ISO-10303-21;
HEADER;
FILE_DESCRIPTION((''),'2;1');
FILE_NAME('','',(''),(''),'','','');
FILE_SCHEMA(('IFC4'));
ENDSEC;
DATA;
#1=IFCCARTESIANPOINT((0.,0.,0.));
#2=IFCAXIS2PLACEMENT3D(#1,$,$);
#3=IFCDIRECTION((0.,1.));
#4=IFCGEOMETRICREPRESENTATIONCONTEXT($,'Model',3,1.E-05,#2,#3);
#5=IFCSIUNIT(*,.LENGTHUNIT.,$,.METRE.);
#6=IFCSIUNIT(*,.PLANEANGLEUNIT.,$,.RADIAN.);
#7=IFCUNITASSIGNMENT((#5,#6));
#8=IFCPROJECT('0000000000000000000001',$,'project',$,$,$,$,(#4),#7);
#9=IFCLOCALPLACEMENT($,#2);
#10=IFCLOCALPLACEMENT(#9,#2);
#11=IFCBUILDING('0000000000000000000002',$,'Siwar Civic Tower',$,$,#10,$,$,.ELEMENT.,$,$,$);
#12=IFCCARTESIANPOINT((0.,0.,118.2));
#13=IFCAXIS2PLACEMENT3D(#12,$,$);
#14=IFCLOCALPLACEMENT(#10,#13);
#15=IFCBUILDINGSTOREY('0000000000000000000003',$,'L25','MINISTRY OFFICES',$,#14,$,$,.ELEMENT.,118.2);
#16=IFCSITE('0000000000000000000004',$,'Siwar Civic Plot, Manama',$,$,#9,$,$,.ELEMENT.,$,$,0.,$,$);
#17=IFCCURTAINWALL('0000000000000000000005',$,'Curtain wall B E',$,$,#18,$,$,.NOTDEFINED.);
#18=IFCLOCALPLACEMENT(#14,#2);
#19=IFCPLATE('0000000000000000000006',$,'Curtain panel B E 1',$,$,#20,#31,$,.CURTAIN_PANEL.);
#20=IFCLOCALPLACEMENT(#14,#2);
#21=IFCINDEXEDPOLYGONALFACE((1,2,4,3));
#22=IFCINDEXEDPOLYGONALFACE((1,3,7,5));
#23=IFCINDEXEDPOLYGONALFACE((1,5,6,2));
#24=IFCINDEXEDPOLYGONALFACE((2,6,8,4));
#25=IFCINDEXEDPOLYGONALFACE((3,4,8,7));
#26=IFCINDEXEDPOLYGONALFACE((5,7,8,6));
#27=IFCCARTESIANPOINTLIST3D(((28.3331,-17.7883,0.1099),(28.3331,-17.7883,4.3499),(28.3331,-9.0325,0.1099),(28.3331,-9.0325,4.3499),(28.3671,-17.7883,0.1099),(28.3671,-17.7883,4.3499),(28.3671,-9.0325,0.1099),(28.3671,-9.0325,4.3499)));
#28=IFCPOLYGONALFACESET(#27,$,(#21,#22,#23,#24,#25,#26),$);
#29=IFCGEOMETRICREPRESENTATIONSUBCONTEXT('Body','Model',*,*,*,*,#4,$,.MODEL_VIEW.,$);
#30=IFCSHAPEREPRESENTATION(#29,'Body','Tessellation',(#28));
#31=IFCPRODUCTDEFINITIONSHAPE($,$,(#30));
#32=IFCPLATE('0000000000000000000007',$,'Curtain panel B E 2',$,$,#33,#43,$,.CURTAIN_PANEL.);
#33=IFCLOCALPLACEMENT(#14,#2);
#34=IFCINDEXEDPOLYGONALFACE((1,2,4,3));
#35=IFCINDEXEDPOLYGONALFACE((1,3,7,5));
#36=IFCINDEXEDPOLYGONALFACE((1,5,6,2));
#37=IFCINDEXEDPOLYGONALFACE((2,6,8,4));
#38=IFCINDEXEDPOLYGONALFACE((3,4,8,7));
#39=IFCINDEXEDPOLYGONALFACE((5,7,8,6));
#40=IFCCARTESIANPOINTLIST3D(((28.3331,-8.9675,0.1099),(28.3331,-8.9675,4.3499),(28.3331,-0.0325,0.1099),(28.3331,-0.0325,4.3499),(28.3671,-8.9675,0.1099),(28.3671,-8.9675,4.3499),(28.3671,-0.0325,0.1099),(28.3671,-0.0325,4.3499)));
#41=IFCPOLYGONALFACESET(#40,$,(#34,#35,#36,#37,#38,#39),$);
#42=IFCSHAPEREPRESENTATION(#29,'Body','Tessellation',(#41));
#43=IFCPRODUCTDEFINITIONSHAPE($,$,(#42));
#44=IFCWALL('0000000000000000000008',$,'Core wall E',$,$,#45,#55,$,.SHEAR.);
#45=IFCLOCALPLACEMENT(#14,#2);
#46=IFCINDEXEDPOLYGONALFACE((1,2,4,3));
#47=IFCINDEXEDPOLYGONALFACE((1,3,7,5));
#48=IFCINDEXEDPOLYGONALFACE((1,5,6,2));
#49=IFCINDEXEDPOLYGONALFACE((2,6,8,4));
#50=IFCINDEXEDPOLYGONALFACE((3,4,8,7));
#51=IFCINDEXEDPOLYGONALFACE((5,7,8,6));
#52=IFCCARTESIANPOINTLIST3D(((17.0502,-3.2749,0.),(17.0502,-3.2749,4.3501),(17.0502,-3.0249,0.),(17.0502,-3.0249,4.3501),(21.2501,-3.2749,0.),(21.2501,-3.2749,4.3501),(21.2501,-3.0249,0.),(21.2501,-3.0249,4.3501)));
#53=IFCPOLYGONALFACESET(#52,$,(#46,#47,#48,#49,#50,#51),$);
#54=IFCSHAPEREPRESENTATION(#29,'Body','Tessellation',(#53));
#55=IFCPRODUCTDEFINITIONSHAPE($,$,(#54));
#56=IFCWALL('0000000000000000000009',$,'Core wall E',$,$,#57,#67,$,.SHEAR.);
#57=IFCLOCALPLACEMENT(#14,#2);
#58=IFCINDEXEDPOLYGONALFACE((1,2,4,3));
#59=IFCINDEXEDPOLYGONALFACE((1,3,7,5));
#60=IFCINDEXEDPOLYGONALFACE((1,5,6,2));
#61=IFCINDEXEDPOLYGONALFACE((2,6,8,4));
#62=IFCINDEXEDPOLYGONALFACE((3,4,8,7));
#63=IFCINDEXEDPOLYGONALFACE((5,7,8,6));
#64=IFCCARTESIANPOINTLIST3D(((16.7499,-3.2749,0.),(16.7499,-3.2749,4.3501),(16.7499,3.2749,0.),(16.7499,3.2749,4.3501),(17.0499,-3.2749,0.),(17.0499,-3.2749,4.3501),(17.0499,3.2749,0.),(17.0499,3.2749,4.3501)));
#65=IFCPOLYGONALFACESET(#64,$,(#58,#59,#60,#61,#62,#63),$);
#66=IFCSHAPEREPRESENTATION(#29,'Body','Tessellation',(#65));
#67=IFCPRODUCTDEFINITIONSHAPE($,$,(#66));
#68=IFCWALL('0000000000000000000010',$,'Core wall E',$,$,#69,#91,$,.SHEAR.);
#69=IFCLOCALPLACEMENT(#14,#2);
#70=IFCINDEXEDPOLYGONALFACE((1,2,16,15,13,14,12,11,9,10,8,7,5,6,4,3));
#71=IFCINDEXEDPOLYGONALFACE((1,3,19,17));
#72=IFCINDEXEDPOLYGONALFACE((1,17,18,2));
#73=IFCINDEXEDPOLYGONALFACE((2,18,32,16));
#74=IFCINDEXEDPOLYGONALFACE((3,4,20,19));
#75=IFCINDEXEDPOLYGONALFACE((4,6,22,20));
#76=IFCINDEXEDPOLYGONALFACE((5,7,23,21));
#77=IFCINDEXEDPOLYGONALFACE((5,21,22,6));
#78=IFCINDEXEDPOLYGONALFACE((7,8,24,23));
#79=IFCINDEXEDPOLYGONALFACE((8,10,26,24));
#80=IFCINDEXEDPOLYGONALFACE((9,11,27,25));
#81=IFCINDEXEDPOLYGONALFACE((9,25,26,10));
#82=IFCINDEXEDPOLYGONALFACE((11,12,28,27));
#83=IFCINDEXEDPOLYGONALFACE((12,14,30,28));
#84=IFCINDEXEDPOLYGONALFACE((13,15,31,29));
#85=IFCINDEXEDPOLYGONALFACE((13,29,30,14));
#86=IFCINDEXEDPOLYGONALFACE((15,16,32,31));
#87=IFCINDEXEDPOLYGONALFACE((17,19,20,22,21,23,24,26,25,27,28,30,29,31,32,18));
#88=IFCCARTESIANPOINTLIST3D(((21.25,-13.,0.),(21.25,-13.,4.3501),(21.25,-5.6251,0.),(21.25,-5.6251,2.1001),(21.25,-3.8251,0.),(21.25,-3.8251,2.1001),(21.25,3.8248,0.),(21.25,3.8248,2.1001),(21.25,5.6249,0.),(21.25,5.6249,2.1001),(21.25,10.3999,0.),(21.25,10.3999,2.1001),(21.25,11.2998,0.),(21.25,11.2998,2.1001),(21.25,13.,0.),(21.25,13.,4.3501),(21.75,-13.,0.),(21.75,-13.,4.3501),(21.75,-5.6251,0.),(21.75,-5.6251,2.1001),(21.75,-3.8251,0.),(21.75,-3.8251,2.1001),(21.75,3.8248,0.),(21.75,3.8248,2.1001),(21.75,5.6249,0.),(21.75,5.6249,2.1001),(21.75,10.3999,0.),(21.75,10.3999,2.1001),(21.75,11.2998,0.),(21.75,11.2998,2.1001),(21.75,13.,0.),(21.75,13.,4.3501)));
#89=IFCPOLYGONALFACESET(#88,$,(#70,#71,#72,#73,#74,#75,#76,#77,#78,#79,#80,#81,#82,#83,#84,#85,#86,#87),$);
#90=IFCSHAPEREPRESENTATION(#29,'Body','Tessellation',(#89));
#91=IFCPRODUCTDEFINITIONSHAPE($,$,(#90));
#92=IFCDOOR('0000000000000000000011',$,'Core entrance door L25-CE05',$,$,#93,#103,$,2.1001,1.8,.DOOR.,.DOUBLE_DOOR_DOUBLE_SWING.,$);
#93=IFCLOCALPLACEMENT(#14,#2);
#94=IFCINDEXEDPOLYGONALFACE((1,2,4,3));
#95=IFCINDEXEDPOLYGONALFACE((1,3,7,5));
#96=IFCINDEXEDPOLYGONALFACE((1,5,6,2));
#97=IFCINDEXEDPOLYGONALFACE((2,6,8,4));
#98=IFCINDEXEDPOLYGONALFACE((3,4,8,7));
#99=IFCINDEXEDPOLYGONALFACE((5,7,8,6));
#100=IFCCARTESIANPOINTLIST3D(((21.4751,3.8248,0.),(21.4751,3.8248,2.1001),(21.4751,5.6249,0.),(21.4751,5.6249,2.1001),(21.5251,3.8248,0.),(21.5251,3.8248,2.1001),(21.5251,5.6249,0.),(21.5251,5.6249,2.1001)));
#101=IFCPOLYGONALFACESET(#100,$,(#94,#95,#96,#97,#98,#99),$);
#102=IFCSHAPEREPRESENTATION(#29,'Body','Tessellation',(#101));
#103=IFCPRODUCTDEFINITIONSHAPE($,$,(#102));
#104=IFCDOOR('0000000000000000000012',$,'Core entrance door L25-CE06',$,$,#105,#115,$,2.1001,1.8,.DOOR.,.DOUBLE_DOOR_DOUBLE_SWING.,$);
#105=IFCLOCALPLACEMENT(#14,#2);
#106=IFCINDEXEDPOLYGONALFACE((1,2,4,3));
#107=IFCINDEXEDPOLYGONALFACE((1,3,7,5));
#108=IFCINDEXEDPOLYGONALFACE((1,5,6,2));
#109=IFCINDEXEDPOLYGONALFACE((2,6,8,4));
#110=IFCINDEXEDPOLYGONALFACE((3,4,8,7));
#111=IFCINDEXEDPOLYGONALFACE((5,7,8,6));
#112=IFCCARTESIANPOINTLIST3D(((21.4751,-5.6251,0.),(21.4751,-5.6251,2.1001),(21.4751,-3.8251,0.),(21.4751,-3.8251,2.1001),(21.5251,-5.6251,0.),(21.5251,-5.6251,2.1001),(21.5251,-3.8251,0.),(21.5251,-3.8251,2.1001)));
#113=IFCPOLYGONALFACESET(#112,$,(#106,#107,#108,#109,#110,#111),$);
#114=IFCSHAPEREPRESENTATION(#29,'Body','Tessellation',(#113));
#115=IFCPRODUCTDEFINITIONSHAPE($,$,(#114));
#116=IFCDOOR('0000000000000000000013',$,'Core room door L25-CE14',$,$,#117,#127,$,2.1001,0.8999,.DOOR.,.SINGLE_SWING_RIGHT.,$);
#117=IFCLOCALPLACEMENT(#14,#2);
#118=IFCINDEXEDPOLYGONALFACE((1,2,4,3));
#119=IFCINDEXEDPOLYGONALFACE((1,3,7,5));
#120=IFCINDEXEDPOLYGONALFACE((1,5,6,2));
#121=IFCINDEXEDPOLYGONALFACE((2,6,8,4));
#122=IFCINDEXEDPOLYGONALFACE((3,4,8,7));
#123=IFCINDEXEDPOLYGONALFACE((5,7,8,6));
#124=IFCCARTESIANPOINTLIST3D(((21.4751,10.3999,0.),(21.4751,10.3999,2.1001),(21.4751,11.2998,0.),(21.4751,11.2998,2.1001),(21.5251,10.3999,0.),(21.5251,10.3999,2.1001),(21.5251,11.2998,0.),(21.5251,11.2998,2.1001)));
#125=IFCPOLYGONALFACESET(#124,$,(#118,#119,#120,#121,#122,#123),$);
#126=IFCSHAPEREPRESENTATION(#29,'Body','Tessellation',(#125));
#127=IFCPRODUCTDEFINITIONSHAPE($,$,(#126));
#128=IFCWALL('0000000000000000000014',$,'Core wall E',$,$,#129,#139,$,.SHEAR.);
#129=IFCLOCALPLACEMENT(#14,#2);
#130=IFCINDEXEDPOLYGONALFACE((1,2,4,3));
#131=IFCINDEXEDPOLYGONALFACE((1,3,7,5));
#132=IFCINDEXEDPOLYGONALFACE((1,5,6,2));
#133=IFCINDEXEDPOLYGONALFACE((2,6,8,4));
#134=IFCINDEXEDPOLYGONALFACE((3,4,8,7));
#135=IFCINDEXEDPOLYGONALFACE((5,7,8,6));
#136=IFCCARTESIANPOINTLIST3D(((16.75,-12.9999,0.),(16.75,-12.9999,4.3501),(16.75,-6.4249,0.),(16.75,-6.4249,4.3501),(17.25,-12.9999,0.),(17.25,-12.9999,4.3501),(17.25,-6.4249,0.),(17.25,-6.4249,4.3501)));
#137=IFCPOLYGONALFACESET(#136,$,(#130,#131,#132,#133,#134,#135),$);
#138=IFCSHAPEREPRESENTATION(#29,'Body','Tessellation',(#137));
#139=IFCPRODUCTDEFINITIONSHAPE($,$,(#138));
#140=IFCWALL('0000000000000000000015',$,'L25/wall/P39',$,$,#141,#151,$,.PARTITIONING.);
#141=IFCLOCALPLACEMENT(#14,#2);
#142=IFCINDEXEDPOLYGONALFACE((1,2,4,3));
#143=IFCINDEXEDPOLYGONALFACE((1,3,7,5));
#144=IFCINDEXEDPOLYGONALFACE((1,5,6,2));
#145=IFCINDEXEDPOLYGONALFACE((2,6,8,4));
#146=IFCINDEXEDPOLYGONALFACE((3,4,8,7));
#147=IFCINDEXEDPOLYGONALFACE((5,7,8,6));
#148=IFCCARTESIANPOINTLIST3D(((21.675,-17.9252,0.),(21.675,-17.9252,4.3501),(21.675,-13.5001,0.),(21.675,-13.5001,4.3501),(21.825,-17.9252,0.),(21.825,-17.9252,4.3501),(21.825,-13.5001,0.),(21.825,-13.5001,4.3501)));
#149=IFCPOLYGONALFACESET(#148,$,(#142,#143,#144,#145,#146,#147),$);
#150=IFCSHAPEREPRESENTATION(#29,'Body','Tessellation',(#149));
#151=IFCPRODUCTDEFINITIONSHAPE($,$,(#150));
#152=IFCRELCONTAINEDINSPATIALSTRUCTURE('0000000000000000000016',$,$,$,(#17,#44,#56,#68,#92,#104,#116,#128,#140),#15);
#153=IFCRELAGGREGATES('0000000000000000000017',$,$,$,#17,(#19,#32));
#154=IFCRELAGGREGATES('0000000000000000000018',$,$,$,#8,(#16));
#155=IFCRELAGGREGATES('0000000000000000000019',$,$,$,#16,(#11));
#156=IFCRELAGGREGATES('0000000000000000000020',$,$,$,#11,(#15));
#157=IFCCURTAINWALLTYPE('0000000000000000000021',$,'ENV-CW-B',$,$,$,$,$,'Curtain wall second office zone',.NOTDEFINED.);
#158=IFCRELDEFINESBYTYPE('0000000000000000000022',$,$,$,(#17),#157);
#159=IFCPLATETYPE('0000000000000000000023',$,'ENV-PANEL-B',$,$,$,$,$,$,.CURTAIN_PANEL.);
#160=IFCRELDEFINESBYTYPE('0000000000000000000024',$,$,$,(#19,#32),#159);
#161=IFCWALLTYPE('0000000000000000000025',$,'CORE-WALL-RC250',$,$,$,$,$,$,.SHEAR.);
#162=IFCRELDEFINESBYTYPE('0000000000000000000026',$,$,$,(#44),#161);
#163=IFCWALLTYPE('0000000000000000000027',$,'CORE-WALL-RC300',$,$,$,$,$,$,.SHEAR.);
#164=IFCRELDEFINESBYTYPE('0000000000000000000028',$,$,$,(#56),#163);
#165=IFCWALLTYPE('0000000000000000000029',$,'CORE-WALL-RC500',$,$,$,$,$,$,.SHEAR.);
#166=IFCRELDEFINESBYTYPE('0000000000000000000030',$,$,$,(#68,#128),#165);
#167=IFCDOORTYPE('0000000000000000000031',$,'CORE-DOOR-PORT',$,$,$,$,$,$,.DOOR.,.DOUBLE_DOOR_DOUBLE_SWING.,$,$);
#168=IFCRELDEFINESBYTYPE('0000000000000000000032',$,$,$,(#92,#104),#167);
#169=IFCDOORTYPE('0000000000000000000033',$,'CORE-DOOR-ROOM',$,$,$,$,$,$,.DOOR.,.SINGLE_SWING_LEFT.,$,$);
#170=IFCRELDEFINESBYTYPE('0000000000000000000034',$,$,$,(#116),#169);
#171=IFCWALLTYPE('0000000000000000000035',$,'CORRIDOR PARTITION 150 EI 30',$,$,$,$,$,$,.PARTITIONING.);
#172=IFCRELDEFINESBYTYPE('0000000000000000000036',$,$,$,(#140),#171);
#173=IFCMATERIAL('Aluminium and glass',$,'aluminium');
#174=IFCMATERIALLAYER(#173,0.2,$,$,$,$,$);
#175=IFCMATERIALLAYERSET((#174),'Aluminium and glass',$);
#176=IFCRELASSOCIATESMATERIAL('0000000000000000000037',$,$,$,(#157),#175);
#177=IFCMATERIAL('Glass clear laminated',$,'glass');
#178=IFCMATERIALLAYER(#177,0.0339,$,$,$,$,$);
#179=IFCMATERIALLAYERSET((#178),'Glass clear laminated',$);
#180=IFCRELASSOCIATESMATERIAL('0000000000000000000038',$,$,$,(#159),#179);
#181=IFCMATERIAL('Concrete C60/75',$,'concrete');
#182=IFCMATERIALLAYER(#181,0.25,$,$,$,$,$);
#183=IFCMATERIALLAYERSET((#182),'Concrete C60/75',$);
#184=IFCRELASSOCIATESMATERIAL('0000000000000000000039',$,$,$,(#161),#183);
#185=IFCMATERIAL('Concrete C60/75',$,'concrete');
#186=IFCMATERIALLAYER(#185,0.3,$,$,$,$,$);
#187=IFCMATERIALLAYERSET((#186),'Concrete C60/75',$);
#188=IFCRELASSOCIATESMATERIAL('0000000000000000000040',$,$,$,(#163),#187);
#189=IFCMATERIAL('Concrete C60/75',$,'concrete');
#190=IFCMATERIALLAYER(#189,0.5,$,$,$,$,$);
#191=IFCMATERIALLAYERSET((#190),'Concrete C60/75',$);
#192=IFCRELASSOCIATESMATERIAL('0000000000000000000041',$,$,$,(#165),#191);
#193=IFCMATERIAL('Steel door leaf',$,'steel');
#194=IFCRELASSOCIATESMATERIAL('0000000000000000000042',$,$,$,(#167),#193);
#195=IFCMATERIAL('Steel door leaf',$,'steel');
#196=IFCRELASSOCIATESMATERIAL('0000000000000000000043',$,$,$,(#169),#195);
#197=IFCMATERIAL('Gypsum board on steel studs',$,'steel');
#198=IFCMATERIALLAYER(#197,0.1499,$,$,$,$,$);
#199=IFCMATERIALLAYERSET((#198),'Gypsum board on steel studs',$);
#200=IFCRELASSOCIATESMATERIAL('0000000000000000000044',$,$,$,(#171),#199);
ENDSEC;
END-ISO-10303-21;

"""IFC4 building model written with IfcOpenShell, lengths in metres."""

from ifc_helpers import new_model, si_unit, direction, frame, frame_2d, origin, origin_2d, place, context, subcontext, project, spatial, rectangle, extrude, material, layer, layer_set, type_object, element, fill, aggregate, save


model = new_model("IFC4")

# Units and contexts
model_context = context("Model", 3, precision=1e-05, world=origin(), true_north=direction((0.0, 1.0)))
body_context = subcontext(model_context, "Body", "Model", "MODEL_VIEW")
ifc_project = project(units=[si_unit("LENGTHUNIT", "METRE"), si_unit("PLANEANGLEUNIT", "RADIAN")], contexts=[model_context])

# Site, building, storey
site_placement = place(None, origin())
site = spatial("IfcSite", under=ifc_project, at=site_placement, Name="Siwar Civic Plot, Manama", CompositionType="ELEMENT", RefElevation=0.0)
building_placement = place(site_placement, origin())
building = spatial("IfcBuilding", under=site, at=building_placement, Name="Siwar Civic Tower", CompositionType="ELEMENT")
storey_placement = place(building_placement, frame((0.0, 0.0, 118.2)))
storey = spatial("IfcBuildingStorey", under=building, at=storey_placement, Name="L25", Description="MINISTRY OFFICES", CompositionType="ELEMENT", Elevation=118.2)

# Curtain wall
ifc_material_1 = material(Name="Aluminium and glass", Category="aluminium")
ifc_layer_1 = layer(ifc_material_1, 0.2)
ifc_layer_set_1 = layer_set([ifc_layer_1], Name="Aluminium and glass")
curtain_wall_type = type_object("IfcCurtainWallType", Name="ENV-CW-B", ElementType="Curtain wall second office zone", PredefinedType="NOTDEFINED", material=ifc_layer_set_1)
curtain_wall_placement = place(storey_placement, origin())
curtain_wall = element("IfcCurtainWall", 1, at=curtain_wall_placement, inside=storey, type_object=curtain_wall_type, Name="Curtain wall B E", PredefinedType="NOTDEFINED")

# Plates
ifc_material_2 = material(Name="Glass clear laminated", Category="glass")
ifc_layer_2 = layer(ifc_material_2, 0.0339)
ifc_layer_set_2 = layer_set([ifc_layer_2], Name="Glass clear laminated")
plate_type = type_object("IfcPlateType", Name="ENV-PANEL-B", PredefinedType="CURTAIN_PANEL", material=ifc_layer_set_2)
plate_1_placement = place(storey_placement, frame((28.3501, -13.4104, 0.1099), z_axis=(0.0, 0.0, 1.0), x_axis=(0.0, 1.0, 0.0)))
plate_1 = element("IfcPlate", 2, at=plate_1_placement, type_object=plate_type, Name="Curtain panel B E 1", PredefinedType="CURTAIN_PANEL", context=body_context, shape_type="SweptSolid", body=[
    extrude(rectangle(XDim=8.7559, YDim=0.0339, at=origin_2d()), origin(), (0.0, 0.0, 1.0), 4.24),
])
plate_2_placement = place(storey_placement, frame((28.3501, -4.5, 0.1099), z_axis=(0.0, 0.0, 1.0), x_axis=(0.0, 1.0, 0.0)))
plate_2 = element("IfcPlate", 3, at=plate_2_placement, type_object=plate_type, Name="Curtain panel B E 2", PredefinedType="CURTAIN_PANEL", context=body_context, shape_type="SweptSolid", body=[
    extrude(rectangle(XDim=8.9351, YDim=0.0339, at=origin_2d()), origin(), (0.0, 0.0, 1.0), 4.24),
])
aggregate(curtain_wall, [plate_1, plate_2])

# Walls
ifc_material_3 = material(Name="Concrete C60/75", Category="concrete")
ifc_layer_3 = layer(ifc_material_3, 0.25)
ifc_layer_set_3 = layer_set([ifc_layer_3], Name="Concrete C60/75")
wall_type_1 = type_object("IfcWallType", Name="CORE-WALL-RC250", PredefinedType="SHEAR", material=ifc_layer_set_3)
wall_1_placement = place(storey_placement, frame((17.05, -3.1499, 0.0), z_axis=(0.0, 0.0, 1.0), x_axis=(1.0, 0.0, 0.0)))
element("IfcWall", 4, at=wall_1_placement, inside=storey, type_object=wall_type_1, Name="Core wall E", PredefinedType="SHEAR", context=body_context, shape_type="SweptSolid", body=[
    extrude(rectangle(XDim=4.2, YDim=0.25, at=frame_2d((2.1001, 0.0))), origin(), (0.0, 0.0, 1.0), 4.3501),
])
ifc_material_4 = material(Name="Concrete C60/75", Category="concrete")
ifc_layer_4 = layer(ifc_material_4, 0.3)
ifc_layer_set_4 = layer_set([ifc_layer_4], Name="Concrete C60/75")
wall_type_2 = type_object("IfcWallType", Name="CORE-WALL-RC300", PredefinedType="SHEAR", material=ifc_layer_set_4)
wall_2_placement = place(storey_placement, frame((16.8999, -3.2749, 0.0), z_axis=(0.0, 0.0, 1.0), x_axis=(0.0, 1.0, 0.0)))
element("IfcWall", 5, at=wall_2_placement, inside=storey, type_object=wall_type_2, Name="Core wall E", PredefinedType="SHEAR", context=body_context, shape_type="SweptSolid", body=[
    extrude(rectangle(XDim=6.5498, YDim=0.3, at=frame_2d((3.2749, 0.0))), origin(), (0.0, 0.0, 1.0), 4.3501),
])

# Wall, openings, doors
ifc_material_5 = material(Name="Concrete C60/75", Category="concrete")
ifc_layer_5 = layer(ifc_material_5, 0.5)
ifc_layer_set_5 = layer_set([ifc_layer_5], Name="Concrete C60/75")
wall_type_3 = type_object("IfcWallType", Name="CORE-WALL-RC500", PredefinedType="SHEAR", material=ifc_layer_set_5)
wall_3_placement = place(storey_placement, frame((21.5, -13.0, 0.0), z_axis=(0.0, 0.0, 1.0), x_axis=(0.0, 1.0, 0.0)))
wall_3 = element("IfcWall", 6, at=wall_3_placement, inside=storey, type_object=wall_type_3, Name="Core wall E", PredefinedType="SHEAR", context=body_context, shape_type="SweptSolid", body=[
    extrude(rectangle(XDim=26.0, YDim=0.5, at=frame_2d((13.0, 0.0))), origin(), (0.0, 0.0, 1.0), 4.3501),
])
opening_1_placement = place(wall_3_placement, frame((16.825, 0.0, 0.0)))
opening_1 = element("IfcOpeningElement", 7, at=opening_1_placement, cuts=wall_3, PredefinedType="OPENING", context=body_context, shape_type="SweptSolid", body=[
    extrude(rectangle(XDim=1.8, YDim=2.1001, at=frame_2d((0.8999, 1.05))), frame((0.0, 0.26, 0.0), z_axis=(0.0, -1.0, 0.0), x_axis=(1.0, 0.0, 0.0)), (0.0, 0.0, 1.0), 0.52),
])
opening_2_placement = place(wall_3_placement, frame((7.375, 0.0, 0.0)))
opening_2 = element("IfcOpeningElement", 8, at=opening_2_placement, cuts=wall_3, PredefinedType="OPENING", context=body_context, shape_type="SweptSolid", body=[
    extrude(rectangle(XDim=1.8, YDim=2.1001, at=frame_2d((0.8999, 1.05))), frame((0.0, 0.26, 0.0), z_axis=(0.0, -1.0, 0.0), x_axis=(1.0, 0.0, 0.0)), (0.0, 0.0, 1.0), 0.52),
])
opening_3_placement = place(wall_3_placement, frame((23.3999, 0.0, 0.0)))
opening_3 = element("IfcOpeningElement", 9, at=opening_3_placement, cuts=wall_3, PredefinedType="OPENING", context=body_context, shape_type="SweptSolid", body=[
    extrude(rectangle(XDim=0.8999, YDim=2.1001, at=frame_2d((0.45, 1.05))), frame((0.0, 0.26, 0.0), z_axis=(0.0, -1.0, 0.0), x_axis=(1.0, 0.0, 0.0)), (0.0, 0.0, 1.0), 0.52),
])
ifc_material_6 = material(Name="Steel door leaf", Category="steel")
door_type_1 = type_object("IfcDoorType", Name="CORE-DOOR-PORT", OperationType="DOUBLE_DOOR_DOUBLE_SWING", PredefinedType="DOOR", material=ifc_material_6)
door_1_placement = place(opening_1_placement, origin())
door_1 = element("IfcDoor", 10, at=door_1_placement, inside=storey, type_object=door_type_1, Name="Core entrance door L25-CE05", OperationType="DOUBLE_DOOR_DOUBLE_SWING", OverallHeight=2.1001, OverallWidth=1.8, PredefinedType="DOOR", context=body_context, shape_type="SweptSolid", body=[
    extrude(rectangle(XDim=1.8, YDim=2.1001, at=frame_2d((0.8999, 1.05))), frame((0.0, 0.0249, 0.0), z_axis=(0.0, -1.0, 0.0), x_axis=(1.0, 0.0, 0.0)), (0.0, 0.0, 1.0), 0.05),
])
fill(opening_1, door_1)
door_2_placement = place(opening_2_placement, origin())
door_2 = element("IfcDoor", 11, at=door_2_placement, inside=storey, type_object=door_type_1, Name="Core entrance door L25-CE06", OperationType="DOUBLE_DOOR_DOUBLE_SWING", OverallHeight=2.1001, OverallWidth=1.8, PredefinedType="DOOR", context=body_context, shape_type="SweptSolid", body=[
    extrude(rectangle(XDim=1.8, YDim=2.1001, at=frame_2d((0.8999, 1.05))), frame((0.0, 0.0249, 0.0), z_axis=(0.0, -1.0, 0.0), x_axis=(1.0, 0.0, 0.0)), (0.0, 0.0, 1.0), 0.05),
])
fill(opening_2, door_2)
ifc_material_7 = material(Name="Steel door leaf", Category="steel")
door_type_2 = type_object("IfcDoorType", Name="CORE-DOOR-ROOM", OperationType="SINGLE_SWING_LEFT", PredefinedType="DOOR", material=ifc_material_7)
door_3_placement = place(opening_3_placement, origin())
door_3 = element("IfcDoor", 12, at=door_3_placement, inside=storey, type_object=door_type_2, Name="Core room door L25-CE14", OperationType="SINGLE_SWING_RIGHT", OverallHeight=2.1001, OverallWidth=0.8999, PredefinedType="DOOR", context=body_context, shape_type="SweptSolid", body=[
    extrude(rectangle(XDim=0.8999, YDim=2.1001, at=frame_2d((0.45, 1.05))), frame((0.0, 0.0249, 0.0), z_axis=(0.0, -1.0, 0.0), x_axis=(1.0, 0.0, 0.0)), (0.0, 0.0, 1.0), 0.05),
])
fill(opening_3, door_3)

# Walls
wall_4_placement = place(storey_placement, frame((17.0, -13.0, 0.0), z_axis=(0.0, 0.0, 1.0), x_axis=(0.0, 1.0, 0.0)))
element("IfcWall", 13, at=wall_4_placement, inside=storey, type_object=wall_type_3, Name="Core wall E", PredefinedType="SHEAR", context=body_context, shape_type="SweptSolid", body=[
    extrude(rectangle(XDim=6.575, YDim=0.5, at=frame_2d((3.2876, 0.0))), origin(), (0.0, 0.0, 1.0), 4.3501),
])
ifc_material_8 = material(Name="Gypsum board on steel studs", Category="steel")
ifc_layer_6 = layer(ifc_material_8, 0.1499)
ifc_layer_set_6 = layer_set([ifc_layer_6], Name="Gypsum board on steel studs")
wall_type_4 = type_object("IfcWallType", Name="CORRIDOR PARTITION 150 EI 30", PredefinedType="PARTITIONING", material=ifc_layer_set_6)
wall_5_placement = place(storey_placement, frame((21.75, -17.925, 0.0), z_axis=(0.0, 0.0, 1.0), x_axis=(0.0, 1.0, 0.0)))
element("IfcWall", 14, at=wall_5_placement, inside=storey, type_object=wall_type_4, Name="L25/wall/P39", PredefinedType="PARTITIONING", context=body_context, shape_type="SweptSolid", body=[
    extrude(rectangle(XDim=4.425, YDim=0.1499, at=frame_2d((2.2124, 0.0))), origin(), (0.0, 0.0, 1.0), 4.3501),
])

save(model, "model.ifc")
